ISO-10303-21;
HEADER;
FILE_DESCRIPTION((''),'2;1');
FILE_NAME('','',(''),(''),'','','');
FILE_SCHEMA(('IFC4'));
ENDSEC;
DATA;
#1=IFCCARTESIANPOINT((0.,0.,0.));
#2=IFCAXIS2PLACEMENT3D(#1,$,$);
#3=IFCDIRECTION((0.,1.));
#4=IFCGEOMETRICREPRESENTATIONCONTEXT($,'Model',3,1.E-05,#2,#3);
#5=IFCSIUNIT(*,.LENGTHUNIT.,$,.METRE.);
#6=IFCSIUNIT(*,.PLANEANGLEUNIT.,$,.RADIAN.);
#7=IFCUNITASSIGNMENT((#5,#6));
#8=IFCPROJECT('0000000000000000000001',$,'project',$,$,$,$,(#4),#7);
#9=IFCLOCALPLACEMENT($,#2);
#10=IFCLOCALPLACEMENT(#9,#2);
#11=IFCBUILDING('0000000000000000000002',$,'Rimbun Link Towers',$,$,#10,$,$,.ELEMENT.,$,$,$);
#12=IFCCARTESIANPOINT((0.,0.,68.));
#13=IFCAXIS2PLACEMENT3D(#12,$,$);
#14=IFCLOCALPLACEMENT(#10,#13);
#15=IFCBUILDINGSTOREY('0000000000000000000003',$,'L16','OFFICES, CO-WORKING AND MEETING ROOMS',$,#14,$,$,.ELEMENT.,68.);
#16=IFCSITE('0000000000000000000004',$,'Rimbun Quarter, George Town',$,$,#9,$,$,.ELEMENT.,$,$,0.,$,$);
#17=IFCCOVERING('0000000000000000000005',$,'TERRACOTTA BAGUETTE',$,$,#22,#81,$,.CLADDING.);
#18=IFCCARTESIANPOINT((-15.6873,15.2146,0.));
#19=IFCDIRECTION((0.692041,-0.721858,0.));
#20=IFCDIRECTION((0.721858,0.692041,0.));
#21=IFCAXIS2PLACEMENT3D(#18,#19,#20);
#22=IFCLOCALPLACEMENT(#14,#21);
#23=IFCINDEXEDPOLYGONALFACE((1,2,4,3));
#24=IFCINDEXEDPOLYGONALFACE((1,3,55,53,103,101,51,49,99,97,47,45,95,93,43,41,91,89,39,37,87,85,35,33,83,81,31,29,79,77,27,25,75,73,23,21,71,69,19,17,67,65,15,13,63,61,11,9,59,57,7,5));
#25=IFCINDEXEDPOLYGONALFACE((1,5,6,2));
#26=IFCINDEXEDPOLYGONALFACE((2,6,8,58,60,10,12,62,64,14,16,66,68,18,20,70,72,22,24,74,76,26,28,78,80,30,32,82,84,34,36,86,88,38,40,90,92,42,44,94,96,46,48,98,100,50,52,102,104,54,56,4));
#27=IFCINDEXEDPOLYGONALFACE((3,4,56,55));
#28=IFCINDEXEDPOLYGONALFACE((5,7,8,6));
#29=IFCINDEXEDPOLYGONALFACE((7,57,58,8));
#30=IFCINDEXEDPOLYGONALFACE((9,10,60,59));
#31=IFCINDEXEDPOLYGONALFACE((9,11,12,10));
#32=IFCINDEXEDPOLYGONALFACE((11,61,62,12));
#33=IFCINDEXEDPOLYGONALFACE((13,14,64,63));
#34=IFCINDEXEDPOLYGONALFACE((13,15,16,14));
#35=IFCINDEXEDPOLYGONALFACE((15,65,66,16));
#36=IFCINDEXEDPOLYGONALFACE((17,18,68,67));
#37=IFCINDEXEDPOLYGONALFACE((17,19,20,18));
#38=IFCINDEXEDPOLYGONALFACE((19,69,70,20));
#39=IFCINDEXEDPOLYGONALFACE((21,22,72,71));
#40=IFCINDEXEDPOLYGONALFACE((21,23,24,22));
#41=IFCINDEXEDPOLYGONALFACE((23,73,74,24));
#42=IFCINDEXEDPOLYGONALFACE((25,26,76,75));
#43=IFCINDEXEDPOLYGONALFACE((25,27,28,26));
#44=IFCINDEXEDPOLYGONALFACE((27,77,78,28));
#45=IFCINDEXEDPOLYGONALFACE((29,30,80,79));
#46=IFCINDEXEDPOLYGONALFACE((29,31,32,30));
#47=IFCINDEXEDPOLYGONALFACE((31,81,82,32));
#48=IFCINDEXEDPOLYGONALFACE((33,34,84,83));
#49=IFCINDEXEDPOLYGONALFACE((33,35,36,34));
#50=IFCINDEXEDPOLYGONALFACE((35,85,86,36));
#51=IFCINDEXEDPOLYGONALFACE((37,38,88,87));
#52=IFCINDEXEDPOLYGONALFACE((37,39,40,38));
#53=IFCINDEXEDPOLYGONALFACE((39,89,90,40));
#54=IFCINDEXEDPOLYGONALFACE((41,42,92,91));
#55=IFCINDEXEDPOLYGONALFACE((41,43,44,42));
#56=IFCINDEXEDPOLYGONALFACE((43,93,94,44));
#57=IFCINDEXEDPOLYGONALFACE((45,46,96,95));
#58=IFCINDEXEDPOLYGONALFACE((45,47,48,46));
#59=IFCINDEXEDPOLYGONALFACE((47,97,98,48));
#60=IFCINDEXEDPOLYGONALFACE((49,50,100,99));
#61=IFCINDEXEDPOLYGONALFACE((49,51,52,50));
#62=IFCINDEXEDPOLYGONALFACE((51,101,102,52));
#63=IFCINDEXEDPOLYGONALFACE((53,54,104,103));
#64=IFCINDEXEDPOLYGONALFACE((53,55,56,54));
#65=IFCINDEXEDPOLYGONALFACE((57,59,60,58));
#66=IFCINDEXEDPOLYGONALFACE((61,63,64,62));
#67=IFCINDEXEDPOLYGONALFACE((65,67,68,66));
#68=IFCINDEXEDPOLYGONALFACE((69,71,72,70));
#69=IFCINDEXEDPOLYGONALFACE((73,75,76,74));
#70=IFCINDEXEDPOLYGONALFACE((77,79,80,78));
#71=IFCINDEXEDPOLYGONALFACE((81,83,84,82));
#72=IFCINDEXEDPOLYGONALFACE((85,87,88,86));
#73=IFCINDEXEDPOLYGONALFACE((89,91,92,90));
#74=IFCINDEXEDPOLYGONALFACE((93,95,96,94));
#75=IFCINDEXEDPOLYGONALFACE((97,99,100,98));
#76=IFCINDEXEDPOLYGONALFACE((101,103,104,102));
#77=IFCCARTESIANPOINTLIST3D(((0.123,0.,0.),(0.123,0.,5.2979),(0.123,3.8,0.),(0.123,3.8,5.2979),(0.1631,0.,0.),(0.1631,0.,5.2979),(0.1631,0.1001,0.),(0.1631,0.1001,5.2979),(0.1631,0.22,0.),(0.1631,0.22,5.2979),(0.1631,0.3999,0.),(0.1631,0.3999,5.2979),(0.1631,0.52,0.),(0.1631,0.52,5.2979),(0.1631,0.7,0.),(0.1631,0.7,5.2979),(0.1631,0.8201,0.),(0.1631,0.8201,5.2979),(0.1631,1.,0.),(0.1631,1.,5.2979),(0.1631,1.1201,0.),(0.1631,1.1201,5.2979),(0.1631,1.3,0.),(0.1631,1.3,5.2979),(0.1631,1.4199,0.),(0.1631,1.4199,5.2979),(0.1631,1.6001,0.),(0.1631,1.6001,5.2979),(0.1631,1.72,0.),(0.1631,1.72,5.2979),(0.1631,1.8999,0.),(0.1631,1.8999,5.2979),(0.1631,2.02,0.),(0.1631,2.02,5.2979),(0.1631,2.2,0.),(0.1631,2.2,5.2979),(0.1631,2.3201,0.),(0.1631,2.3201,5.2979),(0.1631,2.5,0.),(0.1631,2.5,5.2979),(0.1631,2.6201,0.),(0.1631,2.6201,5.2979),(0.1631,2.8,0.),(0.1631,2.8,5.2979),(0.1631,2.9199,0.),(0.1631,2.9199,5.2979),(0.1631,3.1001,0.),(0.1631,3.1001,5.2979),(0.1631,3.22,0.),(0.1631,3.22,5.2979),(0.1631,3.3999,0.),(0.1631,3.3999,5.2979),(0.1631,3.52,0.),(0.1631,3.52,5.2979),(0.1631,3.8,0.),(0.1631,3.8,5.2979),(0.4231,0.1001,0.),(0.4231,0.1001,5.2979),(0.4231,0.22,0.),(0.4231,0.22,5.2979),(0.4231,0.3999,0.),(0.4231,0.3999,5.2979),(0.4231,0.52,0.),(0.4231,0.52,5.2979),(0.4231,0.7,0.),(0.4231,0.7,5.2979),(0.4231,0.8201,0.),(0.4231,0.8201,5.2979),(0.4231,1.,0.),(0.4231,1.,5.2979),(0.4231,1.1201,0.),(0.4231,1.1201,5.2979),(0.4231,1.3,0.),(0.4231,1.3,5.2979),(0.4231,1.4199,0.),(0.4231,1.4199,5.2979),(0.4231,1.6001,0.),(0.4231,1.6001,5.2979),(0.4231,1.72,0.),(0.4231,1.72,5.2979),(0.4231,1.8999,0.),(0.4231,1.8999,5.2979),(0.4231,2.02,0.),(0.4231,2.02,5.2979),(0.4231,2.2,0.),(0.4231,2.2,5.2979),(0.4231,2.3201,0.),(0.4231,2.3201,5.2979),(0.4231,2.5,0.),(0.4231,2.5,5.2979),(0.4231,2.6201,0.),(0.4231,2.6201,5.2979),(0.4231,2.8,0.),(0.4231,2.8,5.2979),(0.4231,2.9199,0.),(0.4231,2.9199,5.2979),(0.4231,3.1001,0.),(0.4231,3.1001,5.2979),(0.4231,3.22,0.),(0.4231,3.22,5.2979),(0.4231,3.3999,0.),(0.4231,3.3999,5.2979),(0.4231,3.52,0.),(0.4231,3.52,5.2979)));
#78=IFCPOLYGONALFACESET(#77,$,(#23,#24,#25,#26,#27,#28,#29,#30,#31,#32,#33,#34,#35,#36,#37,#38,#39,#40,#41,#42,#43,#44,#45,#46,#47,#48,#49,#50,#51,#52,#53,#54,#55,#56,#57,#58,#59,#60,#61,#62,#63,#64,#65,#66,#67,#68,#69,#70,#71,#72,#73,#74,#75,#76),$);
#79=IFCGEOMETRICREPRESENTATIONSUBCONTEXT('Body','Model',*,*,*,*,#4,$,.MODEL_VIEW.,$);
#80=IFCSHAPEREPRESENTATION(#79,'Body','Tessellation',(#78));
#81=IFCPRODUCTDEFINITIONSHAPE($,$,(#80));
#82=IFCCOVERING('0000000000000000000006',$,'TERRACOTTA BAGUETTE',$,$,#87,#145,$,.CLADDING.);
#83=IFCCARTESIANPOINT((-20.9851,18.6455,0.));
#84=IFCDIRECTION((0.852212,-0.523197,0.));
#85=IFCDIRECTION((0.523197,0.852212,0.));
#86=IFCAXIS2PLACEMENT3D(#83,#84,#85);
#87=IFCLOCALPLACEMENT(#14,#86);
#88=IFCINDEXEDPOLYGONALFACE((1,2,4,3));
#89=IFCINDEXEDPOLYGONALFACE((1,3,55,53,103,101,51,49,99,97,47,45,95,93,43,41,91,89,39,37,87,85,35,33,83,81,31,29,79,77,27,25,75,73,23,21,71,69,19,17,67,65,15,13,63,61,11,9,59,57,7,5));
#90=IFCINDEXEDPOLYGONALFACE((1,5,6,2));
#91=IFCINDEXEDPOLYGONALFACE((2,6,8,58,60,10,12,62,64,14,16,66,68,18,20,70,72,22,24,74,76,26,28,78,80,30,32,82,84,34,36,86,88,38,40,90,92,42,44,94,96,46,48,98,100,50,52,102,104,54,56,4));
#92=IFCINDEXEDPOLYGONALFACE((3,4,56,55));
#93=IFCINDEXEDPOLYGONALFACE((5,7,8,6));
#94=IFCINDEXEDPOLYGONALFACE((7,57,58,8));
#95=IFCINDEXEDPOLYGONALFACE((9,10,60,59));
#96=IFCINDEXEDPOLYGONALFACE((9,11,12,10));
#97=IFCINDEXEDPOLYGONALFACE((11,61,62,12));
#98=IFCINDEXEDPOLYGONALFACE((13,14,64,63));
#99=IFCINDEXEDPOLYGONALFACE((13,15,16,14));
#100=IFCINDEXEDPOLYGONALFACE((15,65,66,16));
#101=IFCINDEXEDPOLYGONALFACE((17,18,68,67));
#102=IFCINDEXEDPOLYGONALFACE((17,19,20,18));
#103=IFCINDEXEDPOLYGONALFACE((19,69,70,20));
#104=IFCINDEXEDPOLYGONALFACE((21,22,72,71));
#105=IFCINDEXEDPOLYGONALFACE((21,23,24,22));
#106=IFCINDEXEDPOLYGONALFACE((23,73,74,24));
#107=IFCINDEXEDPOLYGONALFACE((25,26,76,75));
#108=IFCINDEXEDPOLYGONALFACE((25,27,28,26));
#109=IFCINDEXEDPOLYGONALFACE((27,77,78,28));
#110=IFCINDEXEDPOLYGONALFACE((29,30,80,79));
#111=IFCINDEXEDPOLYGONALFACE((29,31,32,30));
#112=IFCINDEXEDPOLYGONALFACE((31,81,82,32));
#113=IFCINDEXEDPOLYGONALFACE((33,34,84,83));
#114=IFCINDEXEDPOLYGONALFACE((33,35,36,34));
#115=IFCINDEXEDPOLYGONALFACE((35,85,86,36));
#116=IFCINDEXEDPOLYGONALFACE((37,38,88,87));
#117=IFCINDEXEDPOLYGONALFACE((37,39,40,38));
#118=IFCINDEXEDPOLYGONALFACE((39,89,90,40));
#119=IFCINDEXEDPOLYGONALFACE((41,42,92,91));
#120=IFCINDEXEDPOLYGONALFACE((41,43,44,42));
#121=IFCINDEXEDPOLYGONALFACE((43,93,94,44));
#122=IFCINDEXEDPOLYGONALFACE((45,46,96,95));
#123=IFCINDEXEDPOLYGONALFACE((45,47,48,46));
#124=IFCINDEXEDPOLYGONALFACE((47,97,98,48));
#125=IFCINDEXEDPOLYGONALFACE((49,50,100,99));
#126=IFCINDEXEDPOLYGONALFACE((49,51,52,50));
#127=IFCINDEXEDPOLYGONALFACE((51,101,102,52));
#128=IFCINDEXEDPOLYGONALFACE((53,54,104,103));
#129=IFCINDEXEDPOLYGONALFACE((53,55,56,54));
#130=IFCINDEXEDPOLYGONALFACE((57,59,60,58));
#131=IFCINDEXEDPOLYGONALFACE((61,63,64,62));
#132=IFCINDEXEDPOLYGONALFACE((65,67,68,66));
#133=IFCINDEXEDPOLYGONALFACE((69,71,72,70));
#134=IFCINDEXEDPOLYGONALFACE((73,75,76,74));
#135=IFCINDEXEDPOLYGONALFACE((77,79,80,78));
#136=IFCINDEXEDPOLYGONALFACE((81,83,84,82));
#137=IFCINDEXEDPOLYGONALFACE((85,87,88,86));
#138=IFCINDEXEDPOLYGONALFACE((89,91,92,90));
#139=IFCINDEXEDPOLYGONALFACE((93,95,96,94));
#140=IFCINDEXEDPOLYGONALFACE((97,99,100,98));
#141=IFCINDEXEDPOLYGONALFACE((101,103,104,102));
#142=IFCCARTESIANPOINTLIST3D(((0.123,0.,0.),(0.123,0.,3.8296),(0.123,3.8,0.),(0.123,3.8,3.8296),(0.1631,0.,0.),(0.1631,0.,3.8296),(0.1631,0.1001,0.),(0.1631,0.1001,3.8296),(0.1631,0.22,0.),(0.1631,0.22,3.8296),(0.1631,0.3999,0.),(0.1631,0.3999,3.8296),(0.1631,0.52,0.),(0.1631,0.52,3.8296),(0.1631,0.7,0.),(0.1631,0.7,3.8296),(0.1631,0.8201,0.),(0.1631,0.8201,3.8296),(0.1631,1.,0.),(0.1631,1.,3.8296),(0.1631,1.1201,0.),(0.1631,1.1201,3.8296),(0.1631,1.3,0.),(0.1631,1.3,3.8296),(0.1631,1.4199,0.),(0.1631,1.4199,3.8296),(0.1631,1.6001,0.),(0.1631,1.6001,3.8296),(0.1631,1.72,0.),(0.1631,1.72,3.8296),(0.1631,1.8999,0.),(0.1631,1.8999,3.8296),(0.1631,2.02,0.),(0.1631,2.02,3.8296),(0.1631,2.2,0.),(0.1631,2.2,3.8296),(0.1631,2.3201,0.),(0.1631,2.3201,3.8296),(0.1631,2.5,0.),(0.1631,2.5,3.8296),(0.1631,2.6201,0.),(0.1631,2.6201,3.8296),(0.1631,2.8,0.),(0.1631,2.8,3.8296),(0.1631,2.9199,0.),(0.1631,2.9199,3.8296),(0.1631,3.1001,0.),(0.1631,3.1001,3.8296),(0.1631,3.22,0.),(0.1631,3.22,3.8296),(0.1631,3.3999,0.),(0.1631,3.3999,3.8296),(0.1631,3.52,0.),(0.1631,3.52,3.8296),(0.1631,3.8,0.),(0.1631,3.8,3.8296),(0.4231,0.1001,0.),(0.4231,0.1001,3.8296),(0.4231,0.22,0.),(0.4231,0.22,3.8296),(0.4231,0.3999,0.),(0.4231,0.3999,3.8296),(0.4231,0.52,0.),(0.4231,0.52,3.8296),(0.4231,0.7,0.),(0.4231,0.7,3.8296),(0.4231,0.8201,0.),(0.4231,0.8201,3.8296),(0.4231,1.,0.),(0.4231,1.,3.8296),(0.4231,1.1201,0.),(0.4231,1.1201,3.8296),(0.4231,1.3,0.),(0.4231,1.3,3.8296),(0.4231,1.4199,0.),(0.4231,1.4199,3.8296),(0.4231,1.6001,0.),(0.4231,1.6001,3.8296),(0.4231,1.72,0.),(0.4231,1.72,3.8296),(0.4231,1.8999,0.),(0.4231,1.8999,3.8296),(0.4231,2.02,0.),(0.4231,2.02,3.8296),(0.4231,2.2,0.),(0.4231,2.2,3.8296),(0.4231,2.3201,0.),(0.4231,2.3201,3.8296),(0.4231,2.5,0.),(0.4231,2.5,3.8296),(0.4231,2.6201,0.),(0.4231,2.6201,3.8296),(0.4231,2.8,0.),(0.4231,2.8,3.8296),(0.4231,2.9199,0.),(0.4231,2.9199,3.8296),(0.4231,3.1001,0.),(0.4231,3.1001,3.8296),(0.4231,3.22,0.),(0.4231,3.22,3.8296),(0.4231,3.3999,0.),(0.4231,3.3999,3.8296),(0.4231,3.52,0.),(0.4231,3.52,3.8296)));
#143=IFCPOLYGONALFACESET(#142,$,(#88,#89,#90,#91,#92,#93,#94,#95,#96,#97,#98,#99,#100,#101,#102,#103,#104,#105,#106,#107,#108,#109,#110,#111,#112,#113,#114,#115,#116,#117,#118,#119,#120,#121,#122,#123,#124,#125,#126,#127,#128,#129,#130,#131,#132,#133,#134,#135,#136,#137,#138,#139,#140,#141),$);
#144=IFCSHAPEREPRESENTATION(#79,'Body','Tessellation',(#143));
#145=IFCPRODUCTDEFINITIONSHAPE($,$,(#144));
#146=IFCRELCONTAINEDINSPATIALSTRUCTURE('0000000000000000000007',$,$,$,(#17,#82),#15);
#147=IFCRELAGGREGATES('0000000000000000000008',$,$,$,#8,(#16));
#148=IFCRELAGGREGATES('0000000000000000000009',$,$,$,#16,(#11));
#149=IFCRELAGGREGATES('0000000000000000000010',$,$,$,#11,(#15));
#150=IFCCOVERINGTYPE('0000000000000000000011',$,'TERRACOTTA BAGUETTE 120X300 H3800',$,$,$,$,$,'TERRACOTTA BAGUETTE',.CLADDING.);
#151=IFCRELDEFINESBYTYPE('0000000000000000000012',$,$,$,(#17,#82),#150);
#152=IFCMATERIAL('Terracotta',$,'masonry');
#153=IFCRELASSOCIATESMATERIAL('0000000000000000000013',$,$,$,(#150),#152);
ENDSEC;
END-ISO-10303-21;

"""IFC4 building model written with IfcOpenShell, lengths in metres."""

from ifc_helpers import new_model, si_unit, direction, frame, origin, place, context, subcontext, project, spatial, polyline, outline, extrude, material, material_profile, profile_set, type_object, element, save


model = new_model("IFC4")

# Units and contexts
model_context = context("Model", 3, precision=1e-05, world=origin(), true_north=direction((0.0, 1.0)))
body_context = subcontext(model_context, "Body", "Model", "MODEL_VIEW")
ifc_project = project(units=[si_unit("LENGTHUNIT", "METRE"), si_unit("PLANEANGLEUNIT", "RADIAN")], contexts=[model_context])

# Site, building, storey
site_placement = place(None, origin())
site = spatial("IfcSite", under=ifc_project, at=site_placement, Name="Rimbun Quarter, George Town", CompositionType="ELEMENT", RefElevation=0.0)
building_placement = place(site_placement, origin())
building = spatial("IfcBuilding", under=site, at=building_placement, Name="Rimbun Link Towers", CompositionType="ELEMENT")
storey_placement = place(building_placement, frame((0.0, 0.0, 68.0)))
storey = spatial("IfcBuildingStorey", under=building, at=storey_placement, Name="L16", Description="OFFICES, CO-WORKING AND MEETING ROOMS", CompositionType="ELEMENT", Elevation=68.0)

# Coverings
ifc_material_1 = material(Name="Terracotta", Category="masonry")
ifc_material_profile_1 = material_profile(ifc_material_1, outline(polyline([(0.123, 0.0), (0.1631, 0.0), (0.1631, 0.1001), (0.4231, 0.1001), (0.4231, 0.22), (0.1631, 0.22), (0.1631, 0.3999), (0.4231, 0.3999), (0.4231, 0.52), (0.1631, 0.52), (0.1631, 0.7), (0.4231, 0.7), (0.4231, 0.8201), (0.1631, 0.8201), (0.1631, 1.0), (0.4231, 1.0), (0.4231, 1.1201), (0.1631, 1.1201), (0.1631, 1.3), (0.4231, 1.3), (0.4231, 1.4199), (0.1631, 1.4199), (0.1631, 1.6001), (0.4231, 1.6001), (0.4231, 1.72), (0.1631, 1.72), (0.1631, 1.8999), (0.4231, 1.8999), (0.4231, 2.02), (0.1631, 2.02), (0.1631, 2.2), (0.4231, 2.2), (0.4231, 2.3201), (0.1631, 2.3201), (0.1631, 2.5), (0.4231, 2.5), (0.4231, 2.6201), (0.1631, 2.6201), (0.1631, 2.8), (0.4231, 2.8), (0.4231, 2.9199), (0.1631, 2.9199), (0.1631, 3.1001), (0.4231, 3.1001), (0.4231, 3.22), (0.1631, 3.22), (0.1631, 3.3999), (0.4231, 3.3999), (0.4231, 3.52), (0.1631, 3.52), (0.1631, 3.8), (0.123, 3.8), (0.123, 0.0)])), Name="BAGUETTE 120X300")
ifc_profile_set_1 = profile_set([ifc_material_profile_1], Name="Terracotta")
covering_type = type_object("IfcCoveringType", Name="TERRACOTTA BAGUETTE 120X300 H3800", ElementType="TERRACOTTA BAGUETTE", PredefinedType="CLADDING", material=ifc_profile_set_1)
covering_1_placement = place(storey_placement, frame((-15.6873, 15.2146, 0.0), z_axis=(0.692041, -0.721858, 0.0), x_axis=(0.721858, 0.692041, 0.0)))
element("IfcCovering", 1, at=covering_1_placement, inside=storey, type_object=covering_type, Name="TERRACOTTA BAGUETTE", PredefinedType="CLADDING", context=body_context, shape_type="SweptSolid", body=[
    extrude(outline(polyline([(0.123, 0.0), (0.1631, 0.0), (0.1631, 0.1001), (0.4231, 0.1001), (0.4231, 0.22), (0.1631, 0.22), (0.1631, 0.3999), (0.4231, 0.3999), (0.4231, 0.52), (0.1631, 0.52), (0.1631, 0.7), (0.4231, 0.7), (0.4231, 0.8201), (0.1631, 0.8201), (0.1631, 1.0), (0.4231, 1.0), (0.4231, 1.1201), (0.1631, 1.1201), (0.1631, 1.3), (0.4231, 1.3), (0.4231, 1.4199), (0.1631, 1.4199), (0.1631, 1.6001), (0.4231, 1.6001), (0.4231, 1.72), (0.1631, 1.72), (0.1631, 1.8999), (0.4231, 1.8999), (0.4231, 2.02), (0.1631, 2.02), (0.1631, 2.2), (0.4231, 2.2), (0.4231, 2.3201), (0.1631, 2.3201), (0.1631, 2.5), (0.4231, 2.5), (0.4231, 2.6201), (0.1631, 2.6201), (0.1631, 2.8), (0.4231, 2.8), (0.4231, 2.9199), (0.1631, 2.9199), (0.1631, 3.1001), (0.4231, 3.1001), (0.4231, 3.22), (0.1631, 3.22), (0.1631, 3.3999), (0.4231, 3.3999), (0.4231, 3.52), (0.1631, 3.52), (0.1631, 3.8), (0.123, 3.8), (0.123, 0.0)])), origin(), (0.0, 0.0, 1.0), 5.2979),
])
covering_2_placement = place(storey_placement, frame((-20.9851, 18.6455, 0.0), z_axis=(0.852212, -0.523197, 0.0), x_axis=(0.523197, 0.852212, 0.0)))
element("IfcCovering", 2, at=covering_2_placement, inside=storey, type_object=covering_type, Name="TERRACOTTA BAGUETTE", PredefinedType="CLADDING", context=body_context, shape_type="SweptSolid", body=[
    extrude(outline(polyline([(0.123, 0.0), (0.1631, 0.0), (0.1631, 0.1001), (0.4231, 0.1001), (0.4231, 0.22), (0.1631, 0.22), (0.1631, 0.3999), (0.4231, 0.3999), (0.4231, 0.52), (0.1631, 0.52), (0.1631, 0.7), (0.4231, 0.7), (0.4231, 0.8201), (0.1631, 0.8201), (0.1631, 1.0), (0.4231, 1.0), (0.4231, 1.1201), (0.1631, 1.1201), (0.1631, 1.3), (0.4231, 1.3), (0.4231, 1.4199), (0.1631, 1.4199), (0.1631, 1.6001), (0.4231, 1.6001), (0.4231, 1.72), (0.1631, 1.72), (0.1631, 1.8999), (0.4231, 1.8999), (0.4231, 2.02), (0.1631, 2.02), (0.1631, 2.2), (0.4231, 2.2), (0.4231, 2.3201), (0.1631, 2.3201), (0.1631, 2.5), (0.4231, 2.5), (0.4231, 2.6201), (0.1631, 2.6201), (0.1631, 2.8), (0.4231, 2.8), (0.4231, 2.9199), (0.1631, 2.9199), (0.1631, 3.1001), (0.4231, 3.1001), (0.4231, 3.22), (0.1631, 3.22), (0.1631, 3.3999), (0.4231, 3.3999), (0.4231, 3.52), (0.1631, 3.52), (0.1631, 3.8), (0.123, 3.8), (0.123, 0.0)])), origin(), (0.0, 0.0, 1.0), 3.8296),
])

save(model, "model.ifc")
